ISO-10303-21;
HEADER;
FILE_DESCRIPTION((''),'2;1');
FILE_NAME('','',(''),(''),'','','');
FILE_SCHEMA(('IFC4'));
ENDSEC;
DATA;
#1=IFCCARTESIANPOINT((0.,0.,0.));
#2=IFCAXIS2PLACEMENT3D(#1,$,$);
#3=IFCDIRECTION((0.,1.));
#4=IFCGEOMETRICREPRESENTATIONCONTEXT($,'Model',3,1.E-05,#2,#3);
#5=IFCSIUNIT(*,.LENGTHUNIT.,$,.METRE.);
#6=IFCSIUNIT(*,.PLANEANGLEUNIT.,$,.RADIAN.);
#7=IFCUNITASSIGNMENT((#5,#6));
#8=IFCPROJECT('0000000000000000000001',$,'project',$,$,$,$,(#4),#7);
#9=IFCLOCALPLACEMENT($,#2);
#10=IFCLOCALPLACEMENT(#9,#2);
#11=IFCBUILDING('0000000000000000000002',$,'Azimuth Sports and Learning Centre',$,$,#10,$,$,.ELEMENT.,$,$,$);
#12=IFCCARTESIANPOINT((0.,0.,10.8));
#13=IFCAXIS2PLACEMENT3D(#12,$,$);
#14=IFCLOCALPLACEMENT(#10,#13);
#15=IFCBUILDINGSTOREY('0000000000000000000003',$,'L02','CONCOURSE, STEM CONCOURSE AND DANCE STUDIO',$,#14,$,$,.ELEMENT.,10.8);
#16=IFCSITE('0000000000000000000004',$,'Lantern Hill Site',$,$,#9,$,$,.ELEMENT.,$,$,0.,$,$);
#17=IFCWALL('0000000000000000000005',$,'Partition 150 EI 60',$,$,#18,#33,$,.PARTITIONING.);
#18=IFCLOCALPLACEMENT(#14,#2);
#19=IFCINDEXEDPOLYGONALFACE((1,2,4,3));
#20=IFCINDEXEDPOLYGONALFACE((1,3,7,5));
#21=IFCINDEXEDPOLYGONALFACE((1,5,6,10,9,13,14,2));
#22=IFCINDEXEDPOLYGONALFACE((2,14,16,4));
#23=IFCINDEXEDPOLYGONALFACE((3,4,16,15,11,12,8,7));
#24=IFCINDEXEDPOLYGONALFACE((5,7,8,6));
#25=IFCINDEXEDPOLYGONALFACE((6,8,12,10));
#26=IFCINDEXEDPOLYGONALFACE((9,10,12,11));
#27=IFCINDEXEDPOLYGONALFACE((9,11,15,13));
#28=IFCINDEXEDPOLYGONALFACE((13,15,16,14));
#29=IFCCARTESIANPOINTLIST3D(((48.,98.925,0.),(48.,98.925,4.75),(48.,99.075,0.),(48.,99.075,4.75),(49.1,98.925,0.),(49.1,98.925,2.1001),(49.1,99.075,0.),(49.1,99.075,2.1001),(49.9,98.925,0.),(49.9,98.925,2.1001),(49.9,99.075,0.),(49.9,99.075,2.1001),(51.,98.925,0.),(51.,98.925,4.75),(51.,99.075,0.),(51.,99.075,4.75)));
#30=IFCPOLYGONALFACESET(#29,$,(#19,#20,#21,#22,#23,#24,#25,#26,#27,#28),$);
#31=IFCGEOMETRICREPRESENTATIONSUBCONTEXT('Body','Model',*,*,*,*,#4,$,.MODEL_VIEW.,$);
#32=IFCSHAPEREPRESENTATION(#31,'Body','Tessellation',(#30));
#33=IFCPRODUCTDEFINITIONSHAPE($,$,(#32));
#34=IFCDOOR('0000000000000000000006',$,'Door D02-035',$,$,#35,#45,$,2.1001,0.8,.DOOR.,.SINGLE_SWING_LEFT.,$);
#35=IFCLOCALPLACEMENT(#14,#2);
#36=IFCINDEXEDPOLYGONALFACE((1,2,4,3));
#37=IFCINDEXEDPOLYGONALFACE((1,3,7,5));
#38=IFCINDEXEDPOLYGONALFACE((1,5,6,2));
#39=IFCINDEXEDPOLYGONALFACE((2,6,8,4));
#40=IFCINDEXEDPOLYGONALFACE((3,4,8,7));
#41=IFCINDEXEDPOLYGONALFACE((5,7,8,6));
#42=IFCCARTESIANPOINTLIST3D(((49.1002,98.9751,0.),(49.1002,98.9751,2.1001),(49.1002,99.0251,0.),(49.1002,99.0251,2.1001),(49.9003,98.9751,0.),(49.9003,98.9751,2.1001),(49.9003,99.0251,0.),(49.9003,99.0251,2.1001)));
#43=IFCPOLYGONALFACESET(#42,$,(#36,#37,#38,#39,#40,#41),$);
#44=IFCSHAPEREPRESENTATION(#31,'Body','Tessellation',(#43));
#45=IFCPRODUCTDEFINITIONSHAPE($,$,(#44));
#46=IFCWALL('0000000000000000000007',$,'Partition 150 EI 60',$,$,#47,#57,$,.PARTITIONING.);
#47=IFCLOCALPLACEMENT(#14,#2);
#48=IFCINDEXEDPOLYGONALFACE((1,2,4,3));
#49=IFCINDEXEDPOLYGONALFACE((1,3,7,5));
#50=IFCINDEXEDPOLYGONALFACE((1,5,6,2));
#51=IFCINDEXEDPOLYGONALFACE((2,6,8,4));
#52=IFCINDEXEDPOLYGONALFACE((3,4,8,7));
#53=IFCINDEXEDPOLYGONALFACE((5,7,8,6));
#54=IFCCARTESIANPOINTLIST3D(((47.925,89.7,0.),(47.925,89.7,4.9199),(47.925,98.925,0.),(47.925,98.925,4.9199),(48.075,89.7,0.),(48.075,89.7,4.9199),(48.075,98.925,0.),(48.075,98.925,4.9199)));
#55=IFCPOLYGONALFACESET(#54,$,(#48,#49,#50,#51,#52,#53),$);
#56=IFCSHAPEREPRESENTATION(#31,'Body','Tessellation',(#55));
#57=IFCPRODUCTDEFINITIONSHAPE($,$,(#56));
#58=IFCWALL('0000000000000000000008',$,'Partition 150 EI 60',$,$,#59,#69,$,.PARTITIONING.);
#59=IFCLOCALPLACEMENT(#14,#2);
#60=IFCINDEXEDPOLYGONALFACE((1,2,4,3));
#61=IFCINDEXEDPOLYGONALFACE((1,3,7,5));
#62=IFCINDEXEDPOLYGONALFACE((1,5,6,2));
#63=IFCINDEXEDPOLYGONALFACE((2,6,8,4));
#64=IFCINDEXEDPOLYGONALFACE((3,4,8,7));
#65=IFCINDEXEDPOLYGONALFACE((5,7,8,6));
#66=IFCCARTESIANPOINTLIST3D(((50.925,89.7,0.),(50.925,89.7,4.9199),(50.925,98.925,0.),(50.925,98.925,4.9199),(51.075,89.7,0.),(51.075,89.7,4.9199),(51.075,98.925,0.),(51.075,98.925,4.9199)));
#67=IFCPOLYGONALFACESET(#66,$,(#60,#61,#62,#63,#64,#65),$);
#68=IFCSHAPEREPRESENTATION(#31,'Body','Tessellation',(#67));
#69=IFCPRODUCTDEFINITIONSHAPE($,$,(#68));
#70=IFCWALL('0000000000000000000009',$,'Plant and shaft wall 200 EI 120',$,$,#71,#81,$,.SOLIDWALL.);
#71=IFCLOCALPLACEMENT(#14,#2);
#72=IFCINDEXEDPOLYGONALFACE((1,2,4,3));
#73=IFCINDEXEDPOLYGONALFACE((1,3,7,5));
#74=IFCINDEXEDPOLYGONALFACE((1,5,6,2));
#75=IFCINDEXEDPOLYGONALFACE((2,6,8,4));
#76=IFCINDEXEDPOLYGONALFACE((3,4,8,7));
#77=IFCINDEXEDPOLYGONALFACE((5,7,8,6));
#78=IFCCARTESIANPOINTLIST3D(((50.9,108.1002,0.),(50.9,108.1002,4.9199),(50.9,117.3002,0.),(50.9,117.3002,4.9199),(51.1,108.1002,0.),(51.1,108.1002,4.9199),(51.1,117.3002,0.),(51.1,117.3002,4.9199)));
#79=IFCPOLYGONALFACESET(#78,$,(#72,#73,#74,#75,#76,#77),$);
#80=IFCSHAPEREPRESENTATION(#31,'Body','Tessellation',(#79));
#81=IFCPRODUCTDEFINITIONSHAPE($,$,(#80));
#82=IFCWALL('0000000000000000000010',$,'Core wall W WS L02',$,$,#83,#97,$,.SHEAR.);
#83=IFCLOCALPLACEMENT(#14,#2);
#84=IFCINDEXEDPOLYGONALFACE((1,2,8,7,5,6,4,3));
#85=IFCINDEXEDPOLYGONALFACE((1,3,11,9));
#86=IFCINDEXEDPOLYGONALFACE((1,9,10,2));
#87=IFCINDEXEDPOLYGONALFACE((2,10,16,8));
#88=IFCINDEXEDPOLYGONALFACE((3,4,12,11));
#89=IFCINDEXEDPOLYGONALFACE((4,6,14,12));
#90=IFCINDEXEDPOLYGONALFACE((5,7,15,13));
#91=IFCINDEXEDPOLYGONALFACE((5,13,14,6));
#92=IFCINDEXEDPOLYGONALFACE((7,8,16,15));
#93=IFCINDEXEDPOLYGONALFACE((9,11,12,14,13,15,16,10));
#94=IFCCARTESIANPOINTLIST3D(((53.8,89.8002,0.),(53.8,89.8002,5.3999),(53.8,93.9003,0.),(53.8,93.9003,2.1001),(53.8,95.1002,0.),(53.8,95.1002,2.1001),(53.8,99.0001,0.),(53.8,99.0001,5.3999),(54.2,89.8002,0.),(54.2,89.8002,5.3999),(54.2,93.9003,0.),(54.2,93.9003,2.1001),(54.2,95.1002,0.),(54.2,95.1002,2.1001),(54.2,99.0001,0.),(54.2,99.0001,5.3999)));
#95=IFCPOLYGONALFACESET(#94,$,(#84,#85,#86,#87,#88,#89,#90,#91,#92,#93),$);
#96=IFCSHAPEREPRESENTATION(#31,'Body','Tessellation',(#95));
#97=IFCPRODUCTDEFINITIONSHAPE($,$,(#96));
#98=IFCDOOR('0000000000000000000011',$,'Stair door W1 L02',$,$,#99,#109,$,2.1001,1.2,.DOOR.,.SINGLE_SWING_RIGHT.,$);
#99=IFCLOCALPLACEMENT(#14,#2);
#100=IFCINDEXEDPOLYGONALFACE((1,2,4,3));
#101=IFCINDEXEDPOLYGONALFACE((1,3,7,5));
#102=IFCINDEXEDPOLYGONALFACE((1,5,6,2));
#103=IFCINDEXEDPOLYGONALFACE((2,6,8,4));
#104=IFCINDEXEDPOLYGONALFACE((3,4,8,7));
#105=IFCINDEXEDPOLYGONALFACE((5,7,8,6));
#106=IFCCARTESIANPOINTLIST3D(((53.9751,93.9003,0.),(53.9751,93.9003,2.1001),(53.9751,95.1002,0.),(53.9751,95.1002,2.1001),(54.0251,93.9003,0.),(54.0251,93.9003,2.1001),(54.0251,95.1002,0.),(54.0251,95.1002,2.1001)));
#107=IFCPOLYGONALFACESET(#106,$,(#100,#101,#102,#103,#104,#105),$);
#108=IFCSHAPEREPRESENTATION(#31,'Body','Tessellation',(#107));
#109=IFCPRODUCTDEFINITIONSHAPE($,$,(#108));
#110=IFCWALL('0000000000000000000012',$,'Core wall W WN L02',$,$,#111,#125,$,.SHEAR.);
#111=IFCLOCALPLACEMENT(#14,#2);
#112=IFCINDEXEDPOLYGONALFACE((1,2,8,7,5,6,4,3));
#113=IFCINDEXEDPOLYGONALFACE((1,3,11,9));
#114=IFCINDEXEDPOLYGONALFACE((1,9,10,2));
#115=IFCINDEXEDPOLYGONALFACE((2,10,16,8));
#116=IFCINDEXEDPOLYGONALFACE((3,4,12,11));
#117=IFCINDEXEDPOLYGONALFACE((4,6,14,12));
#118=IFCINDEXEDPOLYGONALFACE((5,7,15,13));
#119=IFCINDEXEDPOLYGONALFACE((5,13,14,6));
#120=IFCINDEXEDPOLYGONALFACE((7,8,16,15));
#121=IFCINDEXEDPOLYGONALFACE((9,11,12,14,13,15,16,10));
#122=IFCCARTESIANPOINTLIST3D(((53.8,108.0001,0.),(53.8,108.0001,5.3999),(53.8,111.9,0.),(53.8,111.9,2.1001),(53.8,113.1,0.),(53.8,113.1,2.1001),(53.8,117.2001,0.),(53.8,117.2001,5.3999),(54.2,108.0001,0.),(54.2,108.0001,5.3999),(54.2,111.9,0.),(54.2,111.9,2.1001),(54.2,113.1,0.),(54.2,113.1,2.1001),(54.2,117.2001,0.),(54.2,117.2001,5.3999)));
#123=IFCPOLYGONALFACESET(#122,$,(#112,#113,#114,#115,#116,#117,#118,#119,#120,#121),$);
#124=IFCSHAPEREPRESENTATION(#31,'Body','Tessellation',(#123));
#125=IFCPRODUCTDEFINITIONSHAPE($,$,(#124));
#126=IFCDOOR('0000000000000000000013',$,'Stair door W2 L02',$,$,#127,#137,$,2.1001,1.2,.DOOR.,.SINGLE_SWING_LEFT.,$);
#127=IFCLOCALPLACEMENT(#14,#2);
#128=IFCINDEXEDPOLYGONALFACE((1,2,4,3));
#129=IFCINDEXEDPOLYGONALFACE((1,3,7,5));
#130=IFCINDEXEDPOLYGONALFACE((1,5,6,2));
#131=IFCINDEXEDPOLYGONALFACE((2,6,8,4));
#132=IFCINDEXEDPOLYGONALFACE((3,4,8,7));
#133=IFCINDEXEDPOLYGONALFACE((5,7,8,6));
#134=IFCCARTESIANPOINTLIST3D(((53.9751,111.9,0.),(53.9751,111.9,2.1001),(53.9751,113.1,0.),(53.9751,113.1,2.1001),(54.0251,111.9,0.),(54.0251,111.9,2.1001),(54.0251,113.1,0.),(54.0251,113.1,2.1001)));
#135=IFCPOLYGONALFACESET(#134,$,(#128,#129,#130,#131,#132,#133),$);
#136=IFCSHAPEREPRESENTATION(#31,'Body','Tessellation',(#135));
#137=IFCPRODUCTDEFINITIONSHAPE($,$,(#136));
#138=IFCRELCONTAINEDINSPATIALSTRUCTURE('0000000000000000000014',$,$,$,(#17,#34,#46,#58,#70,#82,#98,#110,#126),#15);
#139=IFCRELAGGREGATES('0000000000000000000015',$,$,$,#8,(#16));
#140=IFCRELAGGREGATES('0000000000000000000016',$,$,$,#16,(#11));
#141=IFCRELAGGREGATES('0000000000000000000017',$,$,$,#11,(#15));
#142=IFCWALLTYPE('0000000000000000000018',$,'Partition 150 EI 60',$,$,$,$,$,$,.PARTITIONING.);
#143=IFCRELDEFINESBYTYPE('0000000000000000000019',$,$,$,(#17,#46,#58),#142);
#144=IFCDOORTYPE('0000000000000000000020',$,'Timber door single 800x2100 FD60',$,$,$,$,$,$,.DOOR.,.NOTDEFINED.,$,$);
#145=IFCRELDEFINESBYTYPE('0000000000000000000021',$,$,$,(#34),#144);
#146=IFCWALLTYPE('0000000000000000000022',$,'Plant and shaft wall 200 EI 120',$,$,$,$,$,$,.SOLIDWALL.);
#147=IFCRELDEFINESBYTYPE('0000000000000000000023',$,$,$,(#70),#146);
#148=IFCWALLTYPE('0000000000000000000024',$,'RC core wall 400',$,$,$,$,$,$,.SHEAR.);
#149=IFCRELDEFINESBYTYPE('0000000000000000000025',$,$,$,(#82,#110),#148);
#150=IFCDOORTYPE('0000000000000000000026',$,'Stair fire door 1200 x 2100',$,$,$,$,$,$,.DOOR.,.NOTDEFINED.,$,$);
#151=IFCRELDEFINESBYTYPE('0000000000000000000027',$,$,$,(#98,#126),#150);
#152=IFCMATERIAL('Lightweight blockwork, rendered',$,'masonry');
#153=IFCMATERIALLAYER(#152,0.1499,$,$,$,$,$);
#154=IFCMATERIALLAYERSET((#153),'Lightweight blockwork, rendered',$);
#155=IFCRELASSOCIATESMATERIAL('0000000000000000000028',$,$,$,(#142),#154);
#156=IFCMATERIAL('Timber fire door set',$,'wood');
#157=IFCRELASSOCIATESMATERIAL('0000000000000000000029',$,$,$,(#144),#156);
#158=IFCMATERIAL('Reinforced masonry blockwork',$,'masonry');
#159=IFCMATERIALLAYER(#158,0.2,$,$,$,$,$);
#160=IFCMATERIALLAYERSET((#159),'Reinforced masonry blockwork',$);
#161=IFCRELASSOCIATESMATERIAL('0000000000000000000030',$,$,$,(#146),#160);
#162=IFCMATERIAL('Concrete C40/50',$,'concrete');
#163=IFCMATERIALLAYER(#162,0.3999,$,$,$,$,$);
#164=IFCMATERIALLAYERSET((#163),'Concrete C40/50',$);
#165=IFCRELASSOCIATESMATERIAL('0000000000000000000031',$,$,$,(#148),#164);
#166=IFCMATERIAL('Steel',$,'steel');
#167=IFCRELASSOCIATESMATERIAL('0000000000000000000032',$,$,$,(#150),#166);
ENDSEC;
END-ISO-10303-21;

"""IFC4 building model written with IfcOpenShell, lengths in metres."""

from ifc_helpers import new_model, si_unit, direction, frame, frame_2d, origin, place, context, subcontext, project, spatial, rectangle, extrude, material, layer, layer_set, type_object, element, fill, save


model = new_model("IFC4")

# Units and contexts
model_context = context("Model", 3, precision=1e-05, world=origin(), true_north=direction((0.0, 1.0)))
body_context = subcontext(model_context, "Body", "Model", "MODEL_VIEW")
ifc_project = project(units=[si_unit("LENGTHUNIT", "METRE"), si_unit("PLANEANGLEUNIT", "RADIAN")], contexts=[model_context])

# Site, building, storey
site_placement = place(None, origin())
site = spatial("IfcSite", under=ifc_project, at=site_placement, Name="Lantern Hill Site", CompositionType="ELEMENT", RefElevation=0.0)
building_placement = place(site_placement, origin())
building = spatial("IfcBuilding", under=site, at=building_placement, Name="Azimuth Sports and Learning Centre", CompositionType="ELEMENT")
storey_placement = place(building_placement, frame((0.0, 0.0, 10.8)))
storey = spatial("IfcBuildingStorey", under=building, at=storey_placement, Name="L02", Description="CONCOURSE, STEM CONCOURSE AND DANCE STUDIO", CompositionType="ELEMENT", Elevation=10.8)

# Wall, opening, door
ifc_material_1 = material(Name="Lightweight blockwork, rendered", Category="masonry")
ifc_layer_1 = layer(ifc_material_1, 0.1499)
ifc_layer_set_1 = layer_set([ifc_layer_1], Name="Lightweight blockwork, rendered")
wall_type_1 = type_object("IfcWallType", Name="Partition 150 EI 60", PredefinedType="PARTITIONING", material=ifc_layer_set_1)
wall_1_placement = place(storey_placement, frame((48.0, 99.0, 0.0), z_axis=(0.0, 0.0, 1.0), x_axis=(1.0, 0.0, 0.0)))
wall_1 = element("IfcWall", 1, at=wall_1_placement, inside=storey, type_object=wall_type_1, Name="Partition 150 EI 60", PredefinedType="PARTITIONING", context=body_context, shape_type="SweptSolid", body=[
    extrude(rectangle(XDim=3.0, YDim=0.1499, at=frame_2d((1.5, 0.0))), origin(), (0.0, 0.0, 1.0), 4.75),
])
opening_1_placement = place(wall_1_placement, frame((1.1001, 0.0, 0.0)))
opening_1 = element("IfcOpeningElement", 2, at=opening_1_placement, cuts=wall_1, PredefinedType="OPENING", context=body_context, shape_type="SweptSolid", body=[
    extrude(rectangle(XDim=0.8, YDim=2.1001, at=frame_2d((0.3999, 1.05))), frame((0.0, 0.0859, 0.0), z_axis=(0.0, -1.0, 0.0), x_axis=(1.0, 0.0, 0.0)), (0.0, 0.0, 1.0), 0.1719),
])
ifc_material_2 = material(Name="Timber fire door set", Category="wood")
door_type_1 = type_object("IfcDoorType", Name="Timber door single 800x2100 FD60", OperationType="NOTDEFINED", PredefinedType="DOOR", material=ifc_material_2)
door_1_placement = place(opening_1_placement, frame((0.8, 0.0, 0.0), z_axis=(0.0, 0.0, 1.0), x_axis=(-1.0, 0.0, 0.0)))
door_1 = element("IfcDoor", 3, at=door_1_placement, inside=storey, type_object=door_type_1, Name="Door D02-035", OperationType="SINGLE_SWING_LEFT", OverallHeight=2.1001, OverallWidth=0.8, PredefinedType="DOOR", context=body_context, shape_type="SweptSolid", body=[
    extrude(rectangle(XDim=0.8, YDim=2.1001, at=frame_2d((0.3999, 1.05))), frame((0.0, 0.0249, 0.0), z_axis=(0.0, -1.0, 0.0), x_axis=(1.0, 0.0, 0.0)), (0.0, 0.0, 1.0), 0.05),
])
fill(opening_1, door_1)

# Walls
for number, where, z_axis, x_axis, name in (
    (4, (48.0, 89.7, 0.0), (0.0, 0.0, 1.0), (0.0, 1.0, 0.0), "Partition 150 EI 60"),
    (5, (51.0, 89.7, 0.0), (0.0, 0.0, 1.0), (0.0, 1.0, 0.0), "Partition 150 EI 60"),
):
    element("IfcWall", number, at=place(storey_placement, frame(where, z_axis=z_axis, x_axis=x_axis)), inside=storey, type_object=wall_type_1, Name=name, PredefinedType="PARTITIONING", context=body_context, shape_type="SweptSolid", body=[
        extrude(rectangle(XDim=9.2251, YDim=0.1499, at=frame_2d((4.6125, 0.0))), origin(), (0.0, 0.0, 1.0), 4.9199),
    ])
ifc_material_3 = material(Name="Reinforced masonry blockwork", Category="masonry")
ifc_layer_2 = layer(ifc_material_3, 0.2)
ifc_layer_set_2 = layer_set([ifc_layer_2], Name="Reinforced masonry blockwork")
wall_type_2 = type_object("IfcWallType", Name="Plant and shaft wall 200 EI 120", PredefinedType="SOLIDWALL", material=ifc_layer_set_2)
wall_2_placement = place(storey_placement, frame((51.0, 108.1001, 0.0), z_axis=(0.0, 0.0, 1.0), x_axis=(0.0, 1.0, 0.0)))
element("IfcWall", 6, at=wall_2_placement, inside=storey, type_object=wall_type_2, Name="Plant and shaft wall 200 EI 120", PredefinedType="SOLIDWALL", context=body_context, shape_type="SweptSolid", body=[
    extrude(rectangle(XDim=9.2, YDim=0.2, at=frame_2d((4.6001, 0.0))), origin(), (0.0, 0.0, 1.0), 4.9199),
])

# Walls, openings, doors
ifc_material_4 = material(Name="Concrete C40/50", Category="concrete")
ifc_layer_3 = layer(ifc_material_4, 0.3999)
ifc_layer_set_3 = layer_set([ifc_layer_3], Name="Concrete C40/50")
wall_type_3 = type_object("IfcWallType", Name="RC core wall 400", PredefinedType="SHEAR", material=ifc_layer_set_3)
wall_3_placement = place(storey_placement, frame((54.0, 89.8, 0.0), z_axis=(0.0, 0.0, 1.0), x_axis=(0.0, 1.0, 0.0)))
wall_3 = element("IfcWall", 7, at=wall_3_placement, inside=storey, type_object=wall_type_3, Name="Core wall W WS L02", PredefinedType="SHEAR", context=body_context, shape_type="SweptSolid", body=[
    extrude(rectangle(XDim=9.2, YDim=0.3999, at=frame_2d((4.6001, 0.0))), origin(), (0.0, 0.0, 1.0), 5.3999),
])
opening_2_placement = place(wall_3_placement, frame((4.1001, 0.0, 0.0)))
opening_2 = element("IfcOpeningElement", 8, at=opening_2_placement, cuts=wall_3, PredefinedType="OPENING", context=body_context, shape_type="SweptSolid", body=[
    extrude(rectangle(XDim=1.2, YDim=2.1001, at=frame_2d((0.6001, 1.05))), frame((0.0, 0.2109, 0.0), z_axis=(0.0, -1.0, 0.0), x_axis=(1.0, 0.0, 0.0)), (0.0, 0.0, 1.0), 0.4219),
])
ifc_material_5 = material(Name="Steel", Category="steel")
door_type_2 = type_object("IfcDoorType", Name="Stair fire door 1200 x 2100", OperationType="NOTDEFINED", PredefinedType="DOOR", material=ifc_material_5)
door_2_placement = place(opening_2_placement, origin())
door_2 = element("IfcDoor", 9, at=door_2_placement, inside=storey, type_object=door_type_2, Name="Stair door W1 L02", OperationType="SINGLE_SWING_RIGHT", OverallHeight=2.1001, OverallWidth=1.2, PredefinedType="DOOR", context=body_context, shape_type="SweptSolid", body=[
    extrude(rectangle(XDim=1.2, YDim=2.1001, at=frame_2d((0.6001, 1.05))), frame((0.0, 0.0249, 0.0), z_axis=(0.0, -1.0, 0.0), x_axis=(1.0, 0.0, 0.0)), (0.0, 0.0, 1.0), 0.05),
])
fill(opening_2, door_2)
wall_4_placement = place(storey_placement, frame((54.0, 108.0, 0.0), z_axis=(0.0, 0.0, 1.0), x_axis=(0.0, 1.0, 0.0)))
wall_4 = element("IfcWall", 10, at=wall_4_placement, inside=storey, type_object=wall_type_3, Name="Core wall W WN L02", PredefinedType="SHEAR", context=body_context, shape_type="SweptSolid", body=[
    extrude(rectangle(XDim=9.2, YDim=0.3999, at=frame_2d((4.6001, 0.0))), origin(), (0.0, 0.0, 1.0), 5.3999),
])
opening_3_placement = place(wall_4_placement, frame((3.8999, 0.0, 0.0)))
opening_3 = element("IfcOpeningElement", 11, at=opening_3_placement, cuts=wall_4, PredefinedType="OPENING", context=body_context, shape_type="SweptSolid", body=[
    extrude(rectangle(XDim=1.2, YDim=2.1001, at=frame_2d((0.6001, 1.05))), frame((0.0, 0.2109, 0.0), z_axis=(0.0, -1.0, 0.0), x_axis=(1.0, 0.0, 0.0)), (0.0, 0.0, 1.0), 0.4219),
])
door_3_placement = place(opening_3_placement, origin())
door_3 = element("IfcDoor", 12, at=door_3_placement, inside=storey, type_object=door_type_2, Name="Stair door W2 L02", OperationType="SINGLE_SWING_LEFT", OverallHeight=2.1001, OverallWidth=1.2, PredefinedType="DOOR", context=body_context, shape_type="SweptSolid", body=[
    extrude(rectangle(XDim=1.2, YDim=2.1001, at=frame_2d((0.6001, 1.05))), frame((0.0, 0.0249, 0.0), z_axis=(0.0, -1.0, 0.0), x_axis=(1.0, 0.0, 0.0)), (0.0, 0.0, 1.0), 0.05),
])
fill(opening_3, door_3)

save(model, "model.ifc")
